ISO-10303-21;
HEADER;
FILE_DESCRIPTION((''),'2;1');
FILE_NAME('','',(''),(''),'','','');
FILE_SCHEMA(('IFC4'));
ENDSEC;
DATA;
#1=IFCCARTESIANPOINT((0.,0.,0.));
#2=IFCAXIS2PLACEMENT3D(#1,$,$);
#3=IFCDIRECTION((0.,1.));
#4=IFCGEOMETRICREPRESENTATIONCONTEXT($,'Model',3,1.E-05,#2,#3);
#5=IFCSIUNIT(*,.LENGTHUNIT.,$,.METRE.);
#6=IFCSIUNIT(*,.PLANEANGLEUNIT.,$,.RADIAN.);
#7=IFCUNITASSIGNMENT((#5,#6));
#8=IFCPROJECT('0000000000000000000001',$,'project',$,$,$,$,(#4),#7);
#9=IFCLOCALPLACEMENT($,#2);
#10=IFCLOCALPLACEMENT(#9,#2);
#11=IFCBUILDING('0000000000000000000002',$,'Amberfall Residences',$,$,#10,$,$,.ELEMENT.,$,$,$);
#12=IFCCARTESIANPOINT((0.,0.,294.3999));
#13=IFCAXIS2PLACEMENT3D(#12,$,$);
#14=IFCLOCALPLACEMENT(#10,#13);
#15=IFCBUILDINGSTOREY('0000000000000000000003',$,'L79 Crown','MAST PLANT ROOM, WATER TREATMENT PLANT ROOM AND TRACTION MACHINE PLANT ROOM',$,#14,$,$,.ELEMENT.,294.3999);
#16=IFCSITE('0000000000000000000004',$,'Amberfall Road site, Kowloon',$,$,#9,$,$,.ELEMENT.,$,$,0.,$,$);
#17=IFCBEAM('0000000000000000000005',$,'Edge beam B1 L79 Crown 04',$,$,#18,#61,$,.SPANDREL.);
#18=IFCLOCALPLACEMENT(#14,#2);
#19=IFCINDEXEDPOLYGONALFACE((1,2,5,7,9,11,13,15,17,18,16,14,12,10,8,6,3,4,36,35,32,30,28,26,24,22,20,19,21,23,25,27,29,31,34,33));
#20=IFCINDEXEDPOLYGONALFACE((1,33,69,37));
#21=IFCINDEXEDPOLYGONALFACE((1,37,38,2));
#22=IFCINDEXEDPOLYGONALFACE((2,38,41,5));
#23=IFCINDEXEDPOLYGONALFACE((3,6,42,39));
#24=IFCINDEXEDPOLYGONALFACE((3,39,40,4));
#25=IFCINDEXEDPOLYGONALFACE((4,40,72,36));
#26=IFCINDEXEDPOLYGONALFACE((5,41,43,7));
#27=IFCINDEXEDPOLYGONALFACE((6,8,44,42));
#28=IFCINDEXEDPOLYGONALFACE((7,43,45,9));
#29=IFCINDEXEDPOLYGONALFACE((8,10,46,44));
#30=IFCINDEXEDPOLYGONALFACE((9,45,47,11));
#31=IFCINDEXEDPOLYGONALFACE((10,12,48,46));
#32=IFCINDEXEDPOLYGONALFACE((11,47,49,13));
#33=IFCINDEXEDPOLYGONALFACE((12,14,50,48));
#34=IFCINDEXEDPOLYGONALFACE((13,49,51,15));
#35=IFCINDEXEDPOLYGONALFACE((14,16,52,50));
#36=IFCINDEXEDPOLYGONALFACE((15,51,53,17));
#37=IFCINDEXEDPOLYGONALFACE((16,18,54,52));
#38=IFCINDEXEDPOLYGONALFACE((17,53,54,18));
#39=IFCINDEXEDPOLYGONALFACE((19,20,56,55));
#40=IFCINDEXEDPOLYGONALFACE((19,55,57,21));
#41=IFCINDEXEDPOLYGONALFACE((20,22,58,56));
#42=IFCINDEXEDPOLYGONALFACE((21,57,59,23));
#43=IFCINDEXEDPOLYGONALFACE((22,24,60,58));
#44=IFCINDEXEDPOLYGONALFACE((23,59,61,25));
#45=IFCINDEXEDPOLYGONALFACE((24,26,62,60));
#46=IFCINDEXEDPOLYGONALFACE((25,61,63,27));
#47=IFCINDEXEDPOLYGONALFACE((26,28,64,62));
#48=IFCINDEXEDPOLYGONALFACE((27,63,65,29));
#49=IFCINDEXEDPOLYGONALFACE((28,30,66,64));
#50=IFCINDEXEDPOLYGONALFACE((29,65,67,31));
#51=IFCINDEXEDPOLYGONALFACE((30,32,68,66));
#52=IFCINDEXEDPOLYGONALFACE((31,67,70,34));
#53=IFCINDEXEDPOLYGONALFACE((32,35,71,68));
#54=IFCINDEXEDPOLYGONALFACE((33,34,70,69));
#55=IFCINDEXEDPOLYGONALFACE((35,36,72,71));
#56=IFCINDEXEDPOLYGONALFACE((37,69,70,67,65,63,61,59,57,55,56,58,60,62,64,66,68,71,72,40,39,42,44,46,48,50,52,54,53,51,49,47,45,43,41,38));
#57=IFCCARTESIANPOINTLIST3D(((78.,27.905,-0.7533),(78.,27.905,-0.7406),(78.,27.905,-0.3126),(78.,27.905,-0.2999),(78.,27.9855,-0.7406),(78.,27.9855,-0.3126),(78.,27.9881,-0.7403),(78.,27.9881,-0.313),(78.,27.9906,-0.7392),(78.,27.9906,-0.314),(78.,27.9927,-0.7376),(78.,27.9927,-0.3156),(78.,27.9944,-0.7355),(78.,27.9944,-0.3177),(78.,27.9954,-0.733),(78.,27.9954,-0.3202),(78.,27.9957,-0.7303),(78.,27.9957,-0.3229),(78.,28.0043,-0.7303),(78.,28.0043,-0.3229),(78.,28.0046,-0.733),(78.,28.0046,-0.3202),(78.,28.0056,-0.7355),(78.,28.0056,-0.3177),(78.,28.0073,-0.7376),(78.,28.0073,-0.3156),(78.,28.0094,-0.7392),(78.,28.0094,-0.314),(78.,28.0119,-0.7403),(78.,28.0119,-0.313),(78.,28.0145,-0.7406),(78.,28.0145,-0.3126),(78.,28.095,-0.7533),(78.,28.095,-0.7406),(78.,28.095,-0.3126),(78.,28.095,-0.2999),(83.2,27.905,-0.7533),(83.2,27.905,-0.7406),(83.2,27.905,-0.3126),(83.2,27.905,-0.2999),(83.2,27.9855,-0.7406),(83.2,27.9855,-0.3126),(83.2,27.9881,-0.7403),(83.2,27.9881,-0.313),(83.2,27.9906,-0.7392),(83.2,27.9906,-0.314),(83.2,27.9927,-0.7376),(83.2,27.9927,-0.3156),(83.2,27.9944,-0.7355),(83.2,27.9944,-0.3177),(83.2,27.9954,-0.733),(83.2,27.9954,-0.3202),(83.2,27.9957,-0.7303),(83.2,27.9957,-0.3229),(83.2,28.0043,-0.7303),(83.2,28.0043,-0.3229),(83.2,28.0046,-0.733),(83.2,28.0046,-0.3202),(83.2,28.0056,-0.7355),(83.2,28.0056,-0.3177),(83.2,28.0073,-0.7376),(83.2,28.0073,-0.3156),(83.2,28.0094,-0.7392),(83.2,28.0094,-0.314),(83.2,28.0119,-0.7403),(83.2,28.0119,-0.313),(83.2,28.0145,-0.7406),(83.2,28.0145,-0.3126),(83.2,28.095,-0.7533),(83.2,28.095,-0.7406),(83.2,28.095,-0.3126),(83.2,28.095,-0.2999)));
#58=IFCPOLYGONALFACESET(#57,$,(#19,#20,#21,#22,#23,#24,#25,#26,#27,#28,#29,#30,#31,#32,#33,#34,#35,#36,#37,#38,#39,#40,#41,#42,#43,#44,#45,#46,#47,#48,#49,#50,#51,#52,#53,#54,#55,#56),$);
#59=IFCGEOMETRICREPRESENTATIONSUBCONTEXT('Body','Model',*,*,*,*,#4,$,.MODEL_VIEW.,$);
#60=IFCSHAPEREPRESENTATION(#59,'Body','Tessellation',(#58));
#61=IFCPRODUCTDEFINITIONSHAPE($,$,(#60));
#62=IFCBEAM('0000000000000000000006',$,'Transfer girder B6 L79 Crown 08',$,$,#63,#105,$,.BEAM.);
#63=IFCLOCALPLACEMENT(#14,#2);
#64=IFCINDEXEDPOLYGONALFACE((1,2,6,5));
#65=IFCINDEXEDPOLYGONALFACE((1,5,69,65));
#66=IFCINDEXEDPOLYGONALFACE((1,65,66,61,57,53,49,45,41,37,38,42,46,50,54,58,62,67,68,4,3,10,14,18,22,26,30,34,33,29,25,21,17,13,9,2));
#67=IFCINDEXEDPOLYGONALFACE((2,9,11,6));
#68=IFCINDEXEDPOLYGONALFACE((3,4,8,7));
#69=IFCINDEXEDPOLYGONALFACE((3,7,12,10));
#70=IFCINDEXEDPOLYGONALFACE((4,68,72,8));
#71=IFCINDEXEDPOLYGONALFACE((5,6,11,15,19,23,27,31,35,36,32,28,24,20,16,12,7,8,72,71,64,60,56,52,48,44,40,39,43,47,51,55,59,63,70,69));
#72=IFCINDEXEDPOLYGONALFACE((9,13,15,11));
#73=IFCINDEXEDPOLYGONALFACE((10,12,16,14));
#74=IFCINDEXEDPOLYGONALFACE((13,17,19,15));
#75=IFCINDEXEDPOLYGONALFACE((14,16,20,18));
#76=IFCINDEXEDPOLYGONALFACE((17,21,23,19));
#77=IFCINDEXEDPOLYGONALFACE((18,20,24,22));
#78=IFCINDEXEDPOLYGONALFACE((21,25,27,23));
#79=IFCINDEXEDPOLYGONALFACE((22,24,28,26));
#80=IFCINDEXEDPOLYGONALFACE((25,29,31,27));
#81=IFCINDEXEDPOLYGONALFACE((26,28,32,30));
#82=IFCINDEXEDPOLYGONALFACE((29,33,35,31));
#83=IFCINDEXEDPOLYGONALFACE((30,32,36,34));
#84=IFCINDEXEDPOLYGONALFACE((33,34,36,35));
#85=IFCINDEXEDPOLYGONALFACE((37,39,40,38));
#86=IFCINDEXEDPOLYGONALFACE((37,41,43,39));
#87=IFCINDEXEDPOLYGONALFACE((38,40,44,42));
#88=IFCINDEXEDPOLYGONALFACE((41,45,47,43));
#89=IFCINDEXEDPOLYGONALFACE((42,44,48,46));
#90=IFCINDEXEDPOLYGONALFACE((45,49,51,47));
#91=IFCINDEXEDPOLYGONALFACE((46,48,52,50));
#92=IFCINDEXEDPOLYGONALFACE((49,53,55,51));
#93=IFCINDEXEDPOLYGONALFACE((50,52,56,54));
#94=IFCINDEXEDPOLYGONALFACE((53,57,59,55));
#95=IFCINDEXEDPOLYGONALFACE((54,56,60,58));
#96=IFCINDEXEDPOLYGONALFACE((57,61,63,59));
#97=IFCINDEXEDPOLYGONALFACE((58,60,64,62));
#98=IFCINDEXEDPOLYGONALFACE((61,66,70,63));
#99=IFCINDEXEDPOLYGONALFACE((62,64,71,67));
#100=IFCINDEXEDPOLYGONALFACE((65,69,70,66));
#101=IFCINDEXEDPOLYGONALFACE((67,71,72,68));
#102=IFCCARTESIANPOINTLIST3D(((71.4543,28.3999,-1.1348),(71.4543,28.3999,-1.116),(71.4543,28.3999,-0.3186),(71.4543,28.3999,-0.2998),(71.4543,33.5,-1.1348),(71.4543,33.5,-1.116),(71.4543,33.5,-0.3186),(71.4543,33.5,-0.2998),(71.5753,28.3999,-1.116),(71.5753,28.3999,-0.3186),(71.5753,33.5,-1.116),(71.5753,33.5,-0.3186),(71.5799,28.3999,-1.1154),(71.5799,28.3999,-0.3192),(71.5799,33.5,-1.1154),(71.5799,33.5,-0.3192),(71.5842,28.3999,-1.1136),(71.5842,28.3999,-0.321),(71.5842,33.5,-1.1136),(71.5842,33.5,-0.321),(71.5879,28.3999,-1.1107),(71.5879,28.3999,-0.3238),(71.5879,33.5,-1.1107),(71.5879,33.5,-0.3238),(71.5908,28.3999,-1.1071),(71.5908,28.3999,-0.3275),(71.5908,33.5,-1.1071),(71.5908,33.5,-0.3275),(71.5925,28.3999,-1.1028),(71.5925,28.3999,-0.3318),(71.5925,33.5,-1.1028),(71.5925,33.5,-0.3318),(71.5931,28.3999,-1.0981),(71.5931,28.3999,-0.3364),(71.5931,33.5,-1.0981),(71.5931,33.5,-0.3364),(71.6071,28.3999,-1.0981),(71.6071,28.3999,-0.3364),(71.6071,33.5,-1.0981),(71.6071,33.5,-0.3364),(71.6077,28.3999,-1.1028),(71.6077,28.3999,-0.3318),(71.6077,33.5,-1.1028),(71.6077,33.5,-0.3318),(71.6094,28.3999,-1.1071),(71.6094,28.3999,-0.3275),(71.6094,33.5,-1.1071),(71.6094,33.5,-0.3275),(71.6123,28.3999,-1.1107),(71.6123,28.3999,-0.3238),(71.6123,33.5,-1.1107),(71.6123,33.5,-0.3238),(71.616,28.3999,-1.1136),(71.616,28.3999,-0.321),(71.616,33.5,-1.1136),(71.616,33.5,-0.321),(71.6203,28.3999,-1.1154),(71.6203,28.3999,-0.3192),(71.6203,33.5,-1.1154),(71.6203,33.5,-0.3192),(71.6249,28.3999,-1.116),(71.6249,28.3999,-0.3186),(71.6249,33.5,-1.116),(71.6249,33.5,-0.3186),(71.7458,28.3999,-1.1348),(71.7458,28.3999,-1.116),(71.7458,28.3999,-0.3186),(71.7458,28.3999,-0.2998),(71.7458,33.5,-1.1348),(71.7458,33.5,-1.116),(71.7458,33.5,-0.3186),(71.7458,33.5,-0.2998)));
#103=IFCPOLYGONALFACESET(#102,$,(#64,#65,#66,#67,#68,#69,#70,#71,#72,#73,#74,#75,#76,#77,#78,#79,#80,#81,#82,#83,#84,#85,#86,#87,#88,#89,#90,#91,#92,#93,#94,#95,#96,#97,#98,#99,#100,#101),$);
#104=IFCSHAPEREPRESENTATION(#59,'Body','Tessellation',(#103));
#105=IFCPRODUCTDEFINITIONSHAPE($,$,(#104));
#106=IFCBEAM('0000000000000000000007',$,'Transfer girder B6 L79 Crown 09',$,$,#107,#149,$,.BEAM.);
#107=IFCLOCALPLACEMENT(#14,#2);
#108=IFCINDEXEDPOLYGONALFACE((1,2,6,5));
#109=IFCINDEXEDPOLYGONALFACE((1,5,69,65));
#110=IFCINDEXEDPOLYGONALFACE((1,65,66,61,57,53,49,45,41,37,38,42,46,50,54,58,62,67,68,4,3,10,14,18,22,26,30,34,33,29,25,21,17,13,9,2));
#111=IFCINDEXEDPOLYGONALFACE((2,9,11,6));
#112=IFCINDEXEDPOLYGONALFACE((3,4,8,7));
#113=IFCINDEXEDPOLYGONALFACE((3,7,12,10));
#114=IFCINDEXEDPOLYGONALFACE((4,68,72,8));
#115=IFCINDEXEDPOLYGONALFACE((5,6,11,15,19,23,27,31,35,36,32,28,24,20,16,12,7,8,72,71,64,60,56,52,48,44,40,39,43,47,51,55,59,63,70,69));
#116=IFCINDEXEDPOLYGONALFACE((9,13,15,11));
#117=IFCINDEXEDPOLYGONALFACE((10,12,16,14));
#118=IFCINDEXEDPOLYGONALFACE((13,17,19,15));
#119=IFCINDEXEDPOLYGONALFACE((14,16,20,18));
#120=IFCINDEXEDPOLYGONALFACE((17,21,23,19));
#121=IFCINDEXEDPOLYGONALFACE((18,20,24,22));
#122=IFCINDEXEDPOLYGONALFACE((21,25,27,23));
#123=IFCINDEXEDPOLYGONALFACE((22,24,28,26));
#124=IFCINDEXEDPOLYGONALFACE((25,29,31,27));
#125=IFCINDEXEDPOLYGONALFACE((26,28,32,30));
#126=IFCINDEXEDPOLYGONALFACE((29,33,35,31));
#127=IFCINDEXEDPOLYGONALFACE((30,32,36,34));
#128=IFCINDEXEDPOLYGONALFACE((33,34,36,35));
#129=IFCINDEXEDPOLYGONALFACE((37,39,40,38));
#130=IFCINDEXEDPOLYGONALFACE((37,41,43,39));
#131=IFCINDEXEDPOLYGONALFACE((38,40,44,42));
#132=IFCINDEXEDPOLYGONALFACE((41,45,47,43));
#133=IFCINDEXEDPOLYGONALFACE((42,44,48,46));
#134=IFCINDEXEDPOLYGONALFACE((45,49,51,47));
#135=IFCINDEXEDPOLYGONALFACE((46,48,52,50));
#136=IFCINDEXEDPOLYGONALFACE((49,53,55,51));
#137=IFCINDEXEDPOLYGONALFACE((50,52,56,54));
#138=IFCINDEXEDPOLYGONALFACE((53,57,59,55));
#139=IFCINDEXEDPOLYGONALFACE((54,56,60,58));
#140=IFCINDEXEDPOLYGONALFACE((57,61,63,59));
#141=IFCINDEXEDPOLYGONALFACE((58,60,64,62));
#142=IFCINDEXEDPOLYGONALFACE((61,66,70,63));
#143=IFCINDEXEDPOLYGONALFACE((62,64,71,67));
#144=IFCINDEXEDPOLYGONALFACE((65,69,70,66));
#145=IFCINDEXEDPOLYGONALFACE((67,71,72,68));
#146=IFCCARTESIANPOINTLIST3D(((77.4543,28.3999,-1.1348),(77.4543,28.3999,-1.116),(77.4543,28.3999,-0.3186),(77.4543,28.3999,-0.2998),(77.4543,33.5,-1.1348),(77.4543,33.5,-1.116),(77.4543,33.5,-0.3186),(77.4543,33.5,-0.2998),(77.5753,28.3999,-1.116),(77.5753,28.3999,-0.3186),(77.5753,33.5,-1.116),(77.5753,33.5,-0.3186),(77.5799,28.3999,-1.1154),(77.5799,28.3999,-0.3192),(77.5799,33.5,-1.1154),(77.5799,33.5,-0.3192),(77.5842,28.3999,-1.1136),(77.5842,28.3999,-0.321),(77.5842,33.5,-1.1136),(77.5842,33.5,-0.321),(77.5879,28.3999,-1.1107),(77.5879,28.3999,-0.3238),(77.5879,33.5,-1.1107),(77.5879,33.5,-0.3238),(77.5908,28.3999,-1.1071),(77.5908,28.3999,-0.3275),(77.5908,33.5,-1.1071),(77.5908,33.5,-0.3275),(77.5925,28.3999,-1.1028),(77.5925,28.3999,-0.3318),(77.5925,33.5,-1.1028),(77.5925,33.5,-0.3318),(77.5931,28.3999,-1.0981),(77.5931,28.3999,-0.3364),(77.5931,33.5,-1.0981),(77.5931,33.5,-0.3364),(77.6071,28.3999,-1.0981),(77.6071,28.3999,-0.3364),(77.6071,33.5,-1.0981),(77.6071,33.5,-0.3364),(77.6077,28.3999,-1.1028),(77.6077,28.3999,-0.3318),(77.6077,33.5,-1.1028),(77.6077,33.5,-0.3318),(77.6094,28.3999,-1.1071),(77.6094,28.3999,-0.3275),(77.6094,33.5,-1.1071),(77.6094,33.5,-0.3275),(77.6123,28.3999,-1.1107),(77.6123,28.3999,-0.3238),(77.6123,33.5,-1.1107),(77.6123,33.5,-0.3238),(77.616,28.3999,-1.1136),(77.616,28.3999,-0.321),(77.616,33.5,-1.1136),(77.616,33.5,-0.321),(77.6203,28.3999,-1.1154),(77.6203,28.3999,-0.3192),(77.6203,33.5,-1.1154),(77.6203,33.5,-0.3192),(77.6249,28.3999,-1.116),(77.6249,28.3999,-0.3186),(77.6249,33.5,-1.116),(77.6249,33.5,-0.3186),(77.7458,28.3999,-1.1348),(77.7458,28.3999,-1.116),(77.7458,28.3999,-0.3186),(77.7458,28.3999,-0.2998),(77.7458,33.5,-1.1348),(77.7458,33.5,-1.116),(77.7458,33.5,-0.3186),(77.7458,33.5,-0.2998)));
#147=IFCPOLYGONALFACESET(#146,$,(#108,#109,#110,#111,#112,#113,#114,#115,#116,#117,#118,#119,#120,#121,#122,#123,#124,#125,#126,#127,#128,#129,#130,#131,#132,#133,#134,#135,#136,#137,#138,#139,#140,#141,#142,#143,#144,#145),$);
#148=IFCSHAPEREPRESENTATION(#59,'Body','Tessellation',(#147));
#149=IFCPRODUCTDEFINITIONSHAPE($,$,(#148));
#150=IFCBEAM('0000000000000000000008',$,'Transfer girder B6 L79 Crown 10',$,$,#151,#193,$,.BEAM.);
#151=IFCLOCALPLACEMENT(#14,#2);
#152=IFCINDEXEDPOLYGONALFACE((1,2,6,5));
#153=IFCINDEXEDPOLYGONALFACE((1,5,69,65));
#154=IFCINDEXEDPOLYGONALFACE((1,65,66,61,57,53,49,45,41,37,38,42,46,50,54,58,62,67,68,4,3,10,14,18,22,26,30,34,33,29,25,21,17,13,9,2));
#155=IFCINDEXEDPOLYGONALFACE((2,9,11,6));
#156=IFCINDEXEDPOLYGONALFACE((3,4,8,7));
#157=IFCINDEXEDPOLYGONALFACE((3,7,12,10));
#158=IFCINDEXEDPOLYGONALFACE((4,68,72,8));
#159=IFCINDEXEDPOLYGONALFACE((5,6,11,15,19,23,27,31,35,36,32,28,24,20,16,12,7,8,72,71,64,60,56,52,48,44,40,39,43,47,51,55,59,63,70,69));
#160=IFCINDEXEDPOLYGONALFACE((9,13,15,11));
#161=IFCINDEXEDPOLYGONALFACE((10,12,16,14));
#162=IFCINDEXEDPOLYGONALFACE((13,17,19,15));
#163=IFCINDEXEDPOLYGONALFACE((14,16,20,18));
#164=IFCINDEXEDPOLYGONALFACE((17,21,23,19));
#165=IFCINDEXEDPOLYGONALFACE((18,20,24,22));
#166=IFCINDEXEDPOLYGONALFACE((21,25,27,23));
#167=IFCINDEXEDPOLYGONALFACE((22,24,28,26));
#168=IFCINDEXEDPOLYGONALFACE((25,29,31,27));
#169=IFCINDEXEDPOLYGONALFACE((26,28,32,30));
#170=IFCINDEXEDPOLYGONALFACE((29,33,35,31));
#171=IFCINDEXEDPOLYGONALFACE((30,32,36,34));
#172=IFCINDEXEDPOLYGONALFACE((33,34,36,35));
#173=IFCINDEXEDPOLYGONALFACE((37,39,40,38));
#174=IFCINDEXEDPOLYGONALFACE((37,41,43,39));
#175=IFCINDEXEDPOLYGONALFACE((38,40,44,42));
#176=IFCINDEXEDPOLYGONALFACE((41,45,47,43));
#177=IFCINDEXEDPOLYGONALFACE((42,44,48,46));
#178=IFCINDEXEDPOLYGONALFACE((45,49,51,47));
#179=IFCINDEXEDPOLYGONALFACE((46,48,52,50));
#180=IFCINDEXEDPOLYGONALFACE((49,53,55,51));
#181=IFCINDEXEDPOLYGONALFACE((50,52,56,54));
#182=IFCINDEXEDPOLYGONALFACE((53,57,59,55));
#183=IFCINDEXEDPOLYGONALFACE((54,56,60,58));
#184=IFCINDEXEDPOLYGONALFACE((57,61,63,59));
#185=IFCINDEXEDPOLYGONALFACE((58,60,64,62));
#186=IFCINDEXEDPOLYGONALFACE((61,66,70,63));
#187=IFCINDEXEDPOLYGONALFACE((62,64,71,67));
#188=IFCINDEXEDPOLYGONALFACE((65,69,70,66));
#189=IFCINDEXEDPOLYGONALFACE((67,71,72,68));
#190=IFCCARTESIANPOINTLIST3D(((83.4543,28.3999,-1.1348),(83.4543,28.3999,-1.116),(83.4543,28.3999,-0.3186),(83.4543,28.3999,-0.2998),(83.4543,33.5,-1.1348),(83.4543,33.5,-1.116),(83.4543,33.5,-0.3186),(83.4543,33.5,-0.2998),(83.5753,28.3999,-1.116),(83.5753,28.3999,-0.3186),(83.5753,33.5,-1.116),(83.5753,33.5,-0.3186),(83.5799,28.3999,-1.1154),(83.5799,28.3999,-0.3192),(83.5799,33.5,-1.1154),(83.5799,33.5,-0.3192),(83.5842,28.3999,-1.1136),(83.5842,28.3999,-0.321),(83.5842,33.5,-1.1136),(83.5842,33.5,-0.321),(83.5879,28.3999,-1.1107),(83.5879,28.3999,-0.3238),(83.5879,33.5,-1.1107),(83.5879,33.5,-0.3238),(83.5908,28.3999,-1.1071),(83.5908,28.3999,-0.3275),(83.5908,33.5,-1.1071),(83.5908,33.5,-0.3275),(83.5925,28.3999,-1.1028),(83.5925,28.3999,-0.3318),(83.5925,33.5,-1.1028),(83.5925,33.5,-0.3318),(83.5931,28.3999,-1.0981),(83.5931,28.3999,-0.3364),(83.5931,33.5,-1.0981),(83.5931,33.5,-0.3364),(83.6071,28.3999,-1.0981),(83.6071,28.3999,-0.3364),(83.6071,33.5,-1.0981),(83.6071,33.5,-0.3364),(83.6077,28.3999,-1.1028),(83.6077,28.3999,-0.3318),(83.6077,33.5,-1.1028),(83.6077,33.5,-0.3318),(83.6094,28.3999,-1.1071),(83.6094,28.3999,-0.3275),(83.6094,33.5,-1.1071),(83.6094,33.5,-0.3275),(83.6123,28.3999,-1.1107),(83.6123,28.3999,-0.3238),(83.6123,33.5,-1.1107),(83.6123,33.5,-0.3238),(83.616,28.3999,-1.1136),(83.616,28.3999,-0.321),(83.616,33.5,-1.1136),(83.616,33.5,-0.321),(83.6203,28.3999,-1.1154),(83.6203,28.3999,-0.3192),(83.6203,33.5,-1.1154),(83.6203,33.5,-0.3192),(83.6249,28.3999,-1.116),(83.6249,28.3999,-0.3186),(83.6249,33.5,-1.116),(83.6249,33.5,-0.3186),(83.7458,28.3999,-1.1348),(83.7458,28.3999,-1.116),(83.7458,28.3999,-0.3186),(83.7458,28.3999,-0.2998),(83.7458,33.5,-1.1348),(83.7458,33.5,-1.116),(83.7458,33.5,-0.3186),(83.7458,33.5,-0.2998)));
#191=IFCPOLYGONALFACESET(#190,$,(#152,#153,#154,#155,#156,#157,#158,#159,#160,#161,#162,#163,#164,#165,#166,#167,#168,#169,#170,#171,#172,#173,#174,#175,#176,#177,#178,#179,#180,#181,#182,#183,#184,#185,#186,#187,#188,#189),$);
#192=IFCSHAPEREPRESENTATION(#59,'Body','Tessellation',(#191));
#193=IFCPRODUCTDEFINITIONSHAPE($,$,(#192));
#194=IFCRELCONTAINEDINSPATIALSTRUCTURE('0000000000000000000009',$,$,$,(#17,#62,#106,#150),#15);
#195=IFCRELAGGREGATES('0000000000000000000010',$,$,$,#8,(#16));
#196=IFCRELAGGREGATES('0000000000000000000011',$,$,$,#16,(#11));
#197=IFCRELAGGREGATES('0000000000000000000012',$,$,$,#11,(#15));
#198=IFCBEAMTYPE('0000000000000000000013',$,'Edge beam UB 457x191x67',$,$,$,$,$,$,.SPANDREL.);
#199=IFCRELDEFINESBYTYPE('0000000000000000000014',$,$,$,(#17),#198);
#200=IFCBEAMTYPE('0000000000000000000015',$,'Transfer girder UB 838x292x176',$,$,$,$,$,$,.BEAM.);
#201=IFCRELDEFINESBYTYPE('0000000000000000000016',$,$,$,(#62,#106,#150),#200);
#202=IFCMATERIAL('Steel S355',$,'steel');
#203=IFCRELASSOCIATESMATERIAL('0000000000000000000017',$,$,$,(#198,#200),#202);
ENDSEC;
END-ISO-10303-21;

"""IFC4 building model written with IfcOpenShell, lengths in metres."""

from ifc_helpers import new_model, si_unit, direction, frame, origin, origin_2d, place, context, subcontext, project, spatial, i_section, extrude, material, material_profile, profile_set, type_object, element, save


model = new_model("IFC4")

# Units and contexts
model_context = context("Model", 3, precision=1e-05, world=origin(), true_north=direction((0.0, 1.0)))
body_context = subcontext(model_context, "Body", "Model", "MODEL_VIEW")
ifc_project = project(units=[si_unit("LENGTHUNIT", "METRE"), si_unit("PLANEANGLEUNIT", "RADIAN")], contexts=[model_context])

# Site, building, storey
site_placement = place(None, origin())
site = spatial("IfcSite", under=ifc_project, at=site_placement, Name="Amberfall Road site, Kowloon", CompositionType="ELEMENT", RefElevation=0.0)
building_placement = place(site_placement, origin())
building = spatial("IfcBuilding", under=site, at=building_placement, Name="Amberfall Residences", CompositionType="ELEMENT")
storey_placement = place(building_placement, frame((0.0, 0.0, 294.3999)))
storey = spatial("IfcBuildingStorey", under=building, at=storey_placement, Name="L79 Crown", Description="MAST PLANT ROOM, WATER TREATMENT PLANT ROOM AND TRACTION MACHINE PLANT ROOM", CompositionType="ELEMENT", Elevation=294.3999)

# Beams
ifc_material_1 = material(Name="Steel S355", Category="steel")
ifc_material_profile_1 = material_profile(ifc_material_1, i_section(OverallWidth=0.1899, OverallDepth=0.4534, WebThickness=0.0085, FlangeThickness=0.0127, FilletRadius=0.0103, at=origin_2d()), Name="UB 457x191x67")
ifc_profile_set_1 = profile_set([ifc_material_profile_1], Name="Steel S355")
beam_type_1 = type_object("IfcBeamType", Name="Edge beam UB 457x191x67", PredefinedType="SPANDREL", material=ifc_profile_set_1)
for number, where, z_axis, x_axis, name in (
    (1, (78.0, 28.0, -0.5266), (1.0, 0.0, 0.0), (0.0, 1.0, 0.0), "Edge beam B1 L79 Crown 04"),
):
    element("IfcBeam", number, at=place(storey_placement, frame(where, z_axis=z_axis, x_axis=x_axis)), inside=storey, type_object=beam_type_1, Name=name, PredefinedType="SPANDREL", context=body_context, shape_type="SweptSolid", body=[
        extrude(i_section(OverallWidth=0.1899, OverallDepth=0.4534, WebThickness=0.0085, FlangeThickness=0.0127, FilletRadius=0.0103, at=origin_2d()), origin(), (0.0, 0.0, 1.0), 5.2),
    ])
ifc_material_profile_2 = material_profile(ifc_material_1, i_section(OverallWidth=0.2915, OverallDepth=0.835, WebThickness=0.0139, FlangeThickness=0.0188, FilletRadius=0.0178, at=origin_2d()), Name="UB 838x292x176")
ifc_profile_set_2 = profile_set([ifc_material_profile_2], Name="Steel S355")
beam_type_2 = type_object("IfcBeamType", Name="Transfer girder UB 838x292x176", PredefinedType="BEAM", material=ifc_profile_set_2)
for number, where, z_axis, x_axis, name in (
    (2, (71.6001, 28.3999, -0.7173), (0.0, 1.0, 0.0), (-1.0, 0.0, 0.0), "Transfer girder B6 L79 Crown 08"),
    (3, (77.6001, 28.3999, -0.7173), (0.0, 1.0, 0.0), (-1.0, 0.0, 0.0), "Transfer girder B6 L79 Crown 09"),
    (4, (83.6001, 28.3999, -0.7173), (0.0, 1.0, 0.0), (-1.0, 0.0, 0.0), "Transfer girder B6 L79 Crown 10"),
):
    element("IfcBeam", number, at=place(storey_placement, frame(where, z_axis=z_axis, x_axis=x_axis)), inside=storey, type_object=beam_type_2, Name=name, PredefinedType="BEAM", context=body_context, shape_type="SweptSolid", body=[
        extrude(i_section(OverallWidth=0.2915, OverallDepth=0.835, WebThickness=0.0139, FlangeThickness=0.0188, FilletRadius=0.0178, at=origin_2d()), origin(), (0.0, 0.0, 1.0), 5.1001),
    ])

save(model, "model.ifc")
